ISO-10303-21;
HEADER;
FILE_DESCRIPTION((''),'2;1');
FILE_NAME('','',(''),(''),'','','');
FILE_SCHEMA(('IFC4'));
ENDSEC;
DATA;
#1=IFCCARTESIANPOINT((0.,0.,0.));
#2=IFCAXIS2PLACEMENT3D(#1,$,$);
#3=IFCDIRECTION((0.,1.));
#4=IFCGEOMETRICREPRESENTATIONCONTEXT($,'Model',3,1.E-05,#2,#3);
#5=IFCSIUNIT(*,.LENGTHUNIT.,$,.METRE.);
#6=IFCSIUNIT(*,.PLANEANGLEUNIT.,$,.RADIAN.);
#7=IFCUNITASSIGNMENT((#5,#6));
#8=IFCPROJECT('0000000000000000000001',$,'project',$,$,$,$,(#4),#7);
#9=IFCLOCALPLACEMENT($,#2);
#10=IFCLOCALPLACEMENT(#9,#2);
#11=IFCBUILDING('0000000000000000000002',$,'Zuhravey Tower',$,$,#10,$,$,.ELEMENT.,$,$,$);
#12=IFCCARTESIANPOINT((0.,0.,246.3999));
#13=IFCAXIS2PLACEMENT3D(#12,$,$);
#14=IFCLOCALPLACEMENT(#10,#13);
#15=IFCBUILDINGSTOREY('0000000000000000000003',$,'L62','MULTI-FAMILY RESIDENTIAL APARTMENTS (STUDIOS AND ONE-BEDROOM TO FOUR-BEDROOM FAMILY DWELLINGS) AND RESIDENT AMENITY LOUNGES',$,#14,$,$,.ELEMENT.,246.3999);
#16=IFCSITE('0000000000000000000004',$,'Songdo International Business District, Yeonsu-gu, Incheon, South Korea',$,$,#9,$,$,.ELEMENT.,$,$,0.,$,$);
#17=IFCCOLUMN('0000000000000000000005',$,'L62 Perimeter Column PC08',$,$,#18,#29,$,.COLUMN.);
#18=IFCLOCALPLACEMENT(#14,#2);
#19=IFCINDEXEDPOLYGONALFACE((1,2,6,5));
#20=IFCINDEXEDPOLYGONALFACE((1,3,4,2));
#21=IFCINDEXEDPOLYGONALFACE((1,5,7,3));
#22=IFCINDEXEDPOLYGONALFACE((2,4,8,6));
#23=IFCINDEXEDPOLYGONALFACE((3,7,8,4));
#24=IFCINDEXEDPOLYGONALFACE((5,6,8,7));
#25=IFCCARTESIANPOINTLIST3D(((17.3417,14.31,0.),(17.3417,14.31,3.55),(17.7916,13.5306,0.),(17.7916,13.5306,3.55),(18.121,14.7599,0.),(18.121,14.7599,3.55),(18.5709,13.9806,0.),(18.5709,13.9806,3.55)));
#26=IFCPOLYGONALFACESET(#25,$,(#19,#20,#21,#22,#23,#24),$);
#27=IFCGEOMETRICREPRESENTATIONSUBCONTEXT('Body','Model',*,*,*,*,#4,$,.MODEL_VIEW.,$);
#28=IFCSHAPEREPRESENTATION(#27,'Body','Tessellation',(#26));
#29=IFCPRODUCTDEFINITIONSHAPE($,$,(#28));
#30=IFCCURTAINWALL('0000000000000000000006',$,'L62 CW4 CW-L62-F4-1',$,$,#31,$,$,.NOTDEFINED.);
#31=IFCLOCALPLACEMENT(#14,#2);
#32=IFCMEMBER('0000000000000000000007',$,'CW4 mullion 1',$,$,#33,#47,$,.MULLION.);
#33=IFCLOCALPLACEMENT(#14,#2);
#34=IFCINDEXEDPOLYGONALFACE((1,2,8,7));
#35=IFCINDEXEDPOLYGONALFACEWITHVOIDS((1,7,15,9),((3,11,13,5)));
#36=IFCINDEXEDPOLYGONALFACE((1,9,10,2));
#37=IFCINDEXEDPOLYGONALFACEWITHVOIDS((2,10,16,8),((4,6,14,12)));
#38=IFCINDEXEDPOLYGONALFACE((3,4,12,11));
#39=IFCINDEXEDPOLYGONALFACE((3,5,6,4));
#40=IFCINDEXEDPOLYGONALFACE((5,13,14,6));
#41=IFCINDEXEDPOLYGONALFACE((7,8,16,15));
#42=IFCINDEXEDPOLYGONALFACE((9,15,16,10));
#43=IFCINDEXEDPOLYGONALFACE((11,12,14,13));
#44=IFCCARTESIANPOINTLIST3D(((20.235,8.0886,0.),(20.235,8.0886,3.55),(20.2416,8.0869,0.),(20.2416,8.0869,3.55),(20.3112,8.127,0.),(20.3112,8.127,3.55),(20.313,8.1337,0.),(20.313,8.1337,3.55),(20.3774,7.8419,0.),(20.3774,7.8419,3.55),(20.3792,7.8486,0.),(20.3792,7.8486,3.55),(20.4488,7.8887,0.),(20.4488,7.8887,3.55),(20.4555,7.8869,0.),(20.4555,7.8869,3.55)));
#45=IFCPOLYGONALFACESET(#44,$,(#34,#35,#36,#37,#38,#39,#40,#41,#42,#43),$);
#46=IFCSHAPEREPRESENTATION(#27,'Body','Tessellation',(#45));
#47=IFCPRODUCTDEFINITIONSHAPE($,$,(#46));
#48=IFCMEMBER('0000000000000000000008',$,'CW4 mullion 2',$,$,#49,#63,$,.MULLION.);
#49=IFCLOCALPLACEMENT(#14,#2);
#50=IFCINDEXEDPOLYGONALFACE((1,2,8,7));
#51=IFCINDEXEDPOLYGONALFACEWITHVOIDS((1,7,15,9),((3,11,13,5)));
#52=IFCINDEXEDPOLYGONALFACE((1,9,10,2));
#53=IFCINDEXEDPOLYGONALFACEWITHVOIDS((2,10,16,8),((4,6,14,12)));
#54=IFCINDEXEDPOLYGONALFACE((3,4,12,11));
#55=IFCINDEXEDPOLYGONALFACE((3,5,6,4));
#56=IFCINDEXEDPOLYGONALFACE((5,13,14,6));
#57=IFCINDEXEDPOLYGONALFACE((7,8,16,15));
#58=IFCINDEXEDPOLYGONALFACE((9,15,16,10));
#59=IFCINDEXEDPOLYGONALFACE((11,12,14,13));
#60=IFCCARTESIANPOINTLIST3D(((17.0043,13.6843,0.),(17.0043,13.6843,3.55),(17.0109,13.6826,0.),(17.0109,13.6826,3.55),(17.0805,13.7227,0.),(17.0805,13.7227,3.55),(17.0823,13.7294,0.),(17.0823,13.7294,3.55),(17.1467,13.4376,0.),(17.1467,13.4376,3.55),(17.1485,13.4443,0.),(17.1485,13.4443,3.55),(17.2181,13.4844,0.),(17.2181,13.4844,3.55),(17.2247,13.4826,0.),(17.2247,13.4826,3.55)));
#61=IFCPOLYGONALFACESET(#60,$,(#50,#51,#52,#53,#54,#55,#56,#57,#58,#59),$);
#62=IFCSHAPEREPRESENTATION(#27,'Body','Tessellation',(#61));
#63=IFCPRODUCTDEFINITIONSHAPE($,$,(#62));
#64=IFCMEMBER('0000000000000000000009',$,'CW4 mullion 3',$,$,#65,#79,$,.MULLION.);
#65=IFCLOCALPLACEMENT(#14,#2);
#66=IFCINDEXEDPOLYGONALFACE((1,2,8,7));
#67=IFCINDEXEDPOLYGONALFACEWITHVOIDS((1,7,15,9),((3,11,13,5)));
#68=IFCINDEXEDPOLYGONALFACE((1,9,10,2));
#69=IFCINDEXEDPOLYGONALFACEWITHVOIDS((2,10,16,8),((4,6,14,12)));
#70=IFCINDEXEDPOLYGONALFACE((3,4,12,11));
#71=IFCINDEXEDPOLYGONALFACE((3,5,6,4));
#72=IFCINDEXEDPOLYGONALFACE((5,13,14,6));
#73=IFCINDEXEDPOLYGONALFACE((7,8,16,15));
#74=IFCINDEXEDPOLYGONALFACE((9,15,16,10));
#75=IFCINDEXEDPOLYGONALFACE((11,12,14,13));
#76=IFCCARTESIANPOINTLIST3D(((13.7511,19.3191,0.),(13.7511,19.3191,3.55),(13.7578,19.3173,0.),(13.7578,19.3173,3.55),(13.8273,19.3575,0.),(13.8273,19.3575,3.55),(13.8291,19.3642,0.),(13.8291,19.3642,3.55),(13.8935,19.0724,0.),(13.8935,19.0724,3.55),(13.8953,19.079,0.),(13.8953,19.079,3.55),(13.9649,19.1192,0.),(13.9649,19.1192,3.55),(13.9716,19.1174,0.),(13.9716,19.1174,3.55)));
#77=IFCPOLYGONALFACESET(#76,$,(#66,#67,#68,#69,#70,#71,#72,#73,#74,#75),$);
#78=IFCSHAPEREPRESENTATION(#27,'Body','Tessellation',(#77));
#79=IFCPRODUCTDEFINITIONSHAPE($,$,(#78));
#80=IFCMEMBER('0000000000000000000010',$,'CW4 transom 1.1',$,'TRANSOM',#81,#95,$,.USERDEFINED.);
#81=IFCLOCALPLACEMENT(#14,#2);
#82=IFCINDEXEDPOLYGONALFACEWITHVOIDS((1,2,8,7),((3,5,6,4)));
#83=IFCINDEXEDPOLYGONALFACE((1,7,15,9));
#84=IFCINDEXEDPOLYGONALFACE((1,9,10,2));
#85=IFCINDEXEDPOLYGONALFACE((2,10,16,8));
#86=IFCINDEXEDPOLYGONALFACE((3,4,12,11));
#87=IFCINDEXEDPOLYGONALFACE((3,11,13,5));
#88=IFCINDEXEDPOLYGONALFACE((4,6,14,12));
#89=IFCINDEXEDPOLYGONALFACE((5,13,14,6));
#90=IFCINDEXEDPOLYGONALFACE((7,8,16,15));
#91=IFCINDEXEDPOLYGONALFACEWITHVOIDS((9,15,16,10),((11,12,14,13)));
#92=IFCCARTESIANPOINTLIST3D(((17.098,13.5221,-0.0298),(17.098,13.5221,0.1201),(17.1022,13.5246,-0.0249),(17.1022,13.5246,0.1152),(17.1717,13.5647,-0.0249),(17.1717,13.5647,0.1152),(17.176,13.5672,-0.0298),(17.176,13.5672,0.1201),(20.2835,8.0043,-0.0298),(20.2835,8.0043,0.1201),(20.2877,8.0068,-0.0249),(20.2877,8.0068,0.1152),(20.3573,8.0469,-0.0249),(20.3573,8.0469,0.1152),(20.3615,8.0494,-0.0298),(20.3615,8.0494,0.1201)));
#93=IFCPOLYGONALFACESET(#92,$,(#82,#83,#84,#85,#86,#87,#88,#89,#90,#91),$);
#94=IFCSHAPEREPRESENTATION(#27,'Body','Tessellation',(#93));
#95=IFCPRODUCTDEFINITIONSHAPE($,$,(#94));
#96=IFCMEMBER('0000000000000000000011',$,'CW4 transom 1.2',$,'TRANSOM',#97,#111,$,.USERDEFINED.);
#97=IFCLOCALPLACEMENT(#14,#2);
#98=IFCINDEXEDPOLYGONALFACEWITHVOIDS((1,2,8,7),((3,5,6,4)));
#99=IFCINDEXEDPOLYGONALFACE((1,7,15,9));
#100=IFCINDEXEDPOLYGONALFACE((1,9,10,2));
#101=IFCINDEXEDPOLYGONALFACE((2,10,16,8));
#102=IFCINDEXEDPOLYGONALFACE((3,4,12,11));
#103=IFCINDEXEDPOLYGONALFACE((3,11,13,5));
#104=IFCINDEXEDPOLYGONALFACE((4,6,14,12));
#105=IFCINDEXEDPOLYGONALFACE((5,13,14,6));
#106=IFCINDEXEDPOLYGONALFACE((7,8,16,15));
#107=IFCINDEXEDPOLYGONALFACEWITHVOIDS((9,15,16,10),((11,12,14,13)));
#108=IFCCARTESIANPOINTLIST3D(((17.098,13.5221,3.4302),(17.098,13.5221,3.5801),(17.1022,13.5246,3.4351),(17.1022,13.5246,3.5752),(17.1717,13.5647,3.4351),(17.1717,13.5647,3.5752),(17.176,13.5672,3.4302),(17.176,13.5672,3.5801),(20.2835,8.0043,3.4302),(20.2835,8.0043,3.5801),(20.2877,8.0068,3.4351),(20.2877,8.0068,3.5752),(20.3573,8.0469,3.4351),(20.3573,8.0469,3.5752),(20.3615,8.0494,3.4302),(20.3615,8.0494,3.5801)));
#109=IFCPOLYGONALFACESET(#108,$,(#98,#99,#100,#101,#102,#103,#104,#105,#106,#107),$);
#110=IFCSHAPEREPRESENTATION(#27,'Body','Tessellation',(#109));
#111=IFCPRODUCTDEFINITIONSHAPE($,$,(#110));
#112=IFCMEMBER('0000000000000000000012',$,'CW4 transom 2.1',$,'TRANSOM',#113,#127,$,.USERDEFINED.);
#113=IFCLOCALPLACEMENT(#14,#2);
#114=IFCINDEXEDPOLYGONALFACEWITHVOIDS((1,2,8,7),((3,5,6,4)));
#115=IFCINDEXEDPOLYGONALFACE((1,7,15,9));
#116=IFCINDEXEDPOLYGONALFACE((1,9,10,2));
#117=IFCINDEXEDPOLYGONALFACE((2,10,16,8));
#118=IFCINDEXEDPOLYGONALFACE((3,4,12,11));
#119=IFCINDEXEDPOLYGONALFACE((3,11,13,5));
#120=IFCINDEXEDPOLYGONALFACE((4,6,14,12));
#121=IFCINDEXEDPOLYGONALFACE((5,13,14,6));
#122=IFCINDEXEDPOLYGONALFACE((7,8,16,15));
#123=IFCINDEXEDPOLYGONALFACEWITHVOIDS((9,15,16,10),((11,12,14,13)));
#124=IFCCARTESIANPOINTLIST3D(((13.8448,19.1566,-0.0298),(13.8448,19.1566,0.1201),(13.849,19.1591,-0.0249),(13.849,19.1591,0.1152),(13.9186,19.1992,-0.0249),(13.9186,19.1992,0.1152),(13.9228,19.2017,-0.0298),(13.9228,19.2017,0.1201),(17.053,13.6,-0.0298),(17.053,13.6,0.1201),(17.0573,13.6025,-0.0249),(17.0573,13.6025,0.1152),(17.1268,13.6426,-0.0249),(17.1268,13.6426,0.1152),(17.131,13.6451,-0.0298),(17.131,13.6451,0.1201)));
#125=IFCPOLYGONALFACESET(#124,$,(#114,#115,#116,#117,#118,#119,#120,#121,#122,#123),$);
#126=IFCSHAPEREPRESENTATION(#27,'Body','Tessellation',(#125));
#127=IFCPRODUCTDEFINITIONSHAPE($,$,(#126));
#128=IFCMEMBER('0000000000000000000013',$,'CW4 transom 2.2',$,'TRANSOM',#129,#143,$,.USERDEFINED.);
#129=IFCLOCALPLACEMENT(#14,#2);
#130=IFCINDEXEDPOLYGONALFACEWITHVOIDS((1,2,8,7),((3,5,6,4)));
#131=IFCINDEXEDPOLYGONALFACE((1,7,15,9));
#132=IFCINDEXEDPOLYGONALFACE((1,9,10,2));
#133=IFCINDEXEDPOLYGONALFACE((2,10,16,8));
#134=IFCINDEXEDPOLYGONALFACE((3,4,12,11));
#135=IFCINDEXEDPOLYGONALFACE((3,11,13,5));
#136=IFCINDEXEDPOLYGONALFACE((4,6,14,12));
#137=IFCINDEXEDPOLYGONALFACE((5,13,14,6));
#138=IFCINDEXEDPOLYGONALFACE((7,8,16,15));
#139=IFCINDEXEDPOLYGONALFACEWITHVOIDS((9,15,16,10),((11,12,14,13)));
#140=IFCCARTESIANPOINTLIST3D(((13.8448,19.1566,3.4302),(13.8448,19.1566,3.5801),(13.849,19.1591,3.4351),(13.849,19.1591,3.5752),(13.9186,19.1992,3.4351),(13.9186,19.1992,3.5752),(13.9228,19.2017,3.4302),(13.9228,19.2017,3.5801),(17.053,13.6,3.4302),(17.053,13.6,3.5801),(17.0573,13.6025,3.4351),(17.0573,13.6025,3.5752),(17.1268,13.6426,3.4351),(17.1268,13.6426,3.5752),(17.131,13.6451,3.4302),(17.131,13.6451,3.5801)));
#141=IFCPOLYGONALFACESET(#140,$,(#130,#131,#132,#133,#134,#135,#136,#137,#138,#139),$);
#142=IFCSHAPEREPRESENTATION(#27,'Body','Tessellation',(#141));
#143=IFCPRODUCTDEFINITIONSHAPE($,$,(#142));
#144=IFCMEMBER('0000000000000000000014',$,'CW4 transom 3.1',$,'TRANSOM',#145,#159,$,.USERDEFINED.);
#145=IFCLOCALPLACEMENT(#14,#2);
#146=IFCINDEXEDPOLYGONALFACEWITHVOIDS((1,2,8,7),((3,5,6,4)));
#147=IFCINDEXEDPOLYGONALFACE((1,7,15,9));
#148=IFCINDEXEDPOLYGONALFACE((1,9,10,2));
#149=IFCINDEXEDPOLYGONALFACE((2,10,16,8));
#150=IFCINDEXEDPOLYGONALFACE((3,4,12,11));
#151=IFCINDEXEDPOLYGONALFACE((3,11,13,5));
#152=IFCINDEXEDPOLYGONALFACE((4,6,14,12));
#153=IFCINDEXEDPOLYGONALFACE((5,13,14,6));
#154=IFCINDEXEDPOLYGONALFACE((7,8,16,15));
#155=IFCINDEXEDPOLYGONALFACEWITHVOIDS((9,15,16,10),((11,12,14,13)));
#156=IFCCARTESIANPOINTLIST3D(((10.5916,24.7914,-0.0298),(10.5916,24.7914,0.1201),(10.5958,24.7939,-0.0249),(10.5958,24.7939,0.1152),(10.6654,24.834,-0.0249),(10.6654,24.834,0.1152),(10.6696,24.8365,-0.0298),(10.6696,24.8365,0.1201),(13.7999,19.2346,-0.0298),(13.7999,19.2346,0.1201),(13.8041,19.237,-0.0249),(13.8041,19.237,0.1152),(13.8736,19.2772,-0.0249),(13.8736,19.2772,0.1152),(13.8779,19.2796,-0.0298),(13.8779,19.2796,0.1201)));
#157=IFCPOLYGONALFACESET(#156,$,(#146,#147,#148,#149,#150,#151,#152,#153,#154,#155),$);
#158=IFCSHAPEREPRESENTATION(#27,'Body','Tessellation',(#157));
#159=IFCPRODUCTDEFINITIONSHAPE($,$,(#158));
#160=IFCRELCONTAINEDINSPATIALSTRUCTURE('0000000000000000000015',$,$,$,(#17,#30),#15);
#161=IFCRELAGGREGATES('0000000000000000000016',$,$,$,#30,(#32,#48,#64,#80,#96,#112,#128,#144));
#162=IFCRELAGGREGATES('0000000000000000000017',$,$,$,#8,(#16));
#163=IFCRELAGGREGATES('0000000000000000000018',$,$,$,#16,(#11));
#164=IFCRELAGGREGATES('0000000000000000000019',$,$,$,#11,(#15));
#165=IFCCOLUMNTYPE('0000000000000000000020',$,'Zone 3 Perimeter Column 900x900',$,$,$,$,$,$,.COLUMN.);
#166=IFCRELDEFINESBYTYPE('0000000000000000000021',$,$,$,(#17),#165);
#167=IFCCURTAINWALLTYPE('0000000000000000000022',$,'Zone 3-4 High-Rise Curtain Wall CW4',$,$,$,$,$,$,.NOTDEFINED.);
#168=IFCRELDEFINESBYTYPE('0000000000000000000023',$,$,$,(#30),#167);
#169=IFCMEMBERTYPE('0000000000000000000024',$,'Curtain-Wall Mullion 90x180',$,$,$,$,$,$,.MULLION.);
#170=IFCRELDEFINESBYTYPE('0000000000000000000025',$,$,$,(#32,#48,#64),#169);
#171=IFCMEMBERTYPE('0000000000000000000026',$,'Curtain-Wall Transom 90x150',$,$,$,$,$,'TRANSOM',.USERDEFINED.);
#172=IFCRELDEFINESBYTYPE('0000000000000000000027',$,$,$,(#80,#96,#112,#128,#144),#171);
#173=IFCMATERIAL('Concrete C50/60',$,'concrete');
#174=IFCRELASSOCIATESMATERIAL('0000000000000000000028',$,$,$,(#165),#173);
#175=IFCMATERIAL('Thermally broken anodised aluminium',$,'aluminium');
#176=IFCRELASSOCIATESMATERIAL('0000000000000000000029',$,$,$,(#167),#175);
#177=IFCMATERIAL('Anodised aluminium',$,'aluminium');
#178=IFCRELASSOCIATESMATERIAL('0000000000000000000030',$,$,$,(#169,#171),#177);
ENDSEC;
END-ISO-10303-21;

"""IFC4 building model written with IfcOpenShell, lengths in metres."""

from ifc_helpers import new_model, si_unit, direction, frame, origin, origin_2d, place, context, subcontext, project, spatial, rectangle, hollow_rectangle, extrude, material, material_profile, profile_set, type_object, element, aggregate, save


model = new_model("IFC4")

# Units and contexts
model_context = context("Model", 3, precision=1e-05, world=origin(), true_north=direction((0.0, 1.0)))
body_context = subcontext(model_context, "Body", "Model", "MODEL_VIEW")
ifc_project = project(units=[si_unit("LENGTHUNIT", "METRE"), si_unit("PLANEANGLEUNIT", "RADIAN")], contexts=[model_context])

# Site, building, storey
site_placement = place(None, origin())
site = spatial("IfcSite", under=ifc_project, at=site_placement, Name="Songdo International Business District, Yeonsu-gu, Incheon, South Korea", CompositionType="ELEMENT", RefElevation=0.0)
building_placement = place(site_placement, origin())
building = spatial("IfcBuilding", under=site, at=building_placement, Name="Zuhravey Tower", CompositionType="ELEMENT")
storey_placement = place(building_placement, frame((0.0, 0.0, 246.3999)))
storey = spatial("IfcBuildingStorey", under=building, at=storey_placement, Name="L62", Description="MULTI-FAMILY RESIDENTIAL APARTMENTS (STUDIOS AND ONE-BEDROOM TO FOUR-BEDROOM FAMILY DWELLINGS) AND RESIDENT AMENITY LOUNGES", CompositionType="ELEMENT", Elevation=246.3999)

# Column
ifc_material_1 = material(Name="Concrete C50/60", Category="concrete")
ifc_material_profile_1 = material_profile(ifc_material_1, rectangle(XDim=0.8999, YDim=0.8999, at=origin_2d()), Name="RC-900x900")
ifc_profile_set_1 = profile_set([ifc_material_profile_1], Name="Concrete C50/60")
column_type = type_object("IfcColumnType", Name="Zone 3 Perimeter Column 900x900", PredefinedType="COLUMN", material=ifc_profile_set_1)
column_placement = place(storey_placement, frame((17.9563, 14.1453, 0.0), z_axis=(0.0, 0.0, 1.0), x_axis=(0.5, -0.866025, 0.0)))
element("IfcColumn", 1, at=column_placement, inside=storey, type_object=column_type, Name="L62 Perimeter Column PC08", PredefinedType="COLUMN", context=body_context, shape_type="SweptSolid", body=[
    extrude(rectangle(XDim=0.8999, YDim=0.8999, at=origin_2d()), origin(), (0.0, 0.0, 1.0), 3.55),
])

# Curtain wall, members
ifc_material_2 = material(Name="Thermally broken anodised aluminium", Category="aluminium")
curtain_wall_type = type_object("IfcCurtainWallType", Name="Zone 3-4 High-Rise Curtain Wall CW4", PredefinedType="NOTDEFINED", material=ifc_material_2)
curtain_wall_placement = place(storey_placement, origin())
curtain_wall = element("IfcCurtainWall", 2, at=curtain_wall_placement, inside=storey, type_object=curtain_wall_type, Name="L62 CW4 CW-L62-F4-1", PredefinedType="NOTDEFINED")
ifc_material_3 = material(Name="Anodised aluminium", Category="aluminium")
ifc_material_profile_2 = material_profile(ifc_material_3, hollow_rectangle(XDim=0.0901, YDim=0.2849, WallThickness=0.0049, at=origin_2d()), Name="ALU-RHS-90x285x5")
ifc_profile_set_2 = profile_set([ifc_material_profile_2], Name="Anodised aluminium")
member_type_1 = type_object("IfcMemberType", Name="Curtain-Wall Mullion 90x180", PredefinedType="MULLION", material=ifc_profile_set_2)
member_1_placement = place(storey_placement, frame((20.3452, 7.9878, 0.0), z_axis=(0.0, 0.0, 1.0), x_axis=(-0.866025, -0.500001, 0.0)))
member_1 = element("IfcMember", 3, at=member_1_placement, type_object=member_type_1, Name="CW4 mullion 1", PredefinedType="MULLION", context=body_context, shape_type="SweptSolid", body=[
    extrude(hollow_rectangle(XDim=0.0901, YDim=0.2849, WallThickness=0.0049, at=origin_2d()), origin(), (0.0, 0.0, 1.0), 3.55),
])
member_2_placement = place(storey_placement, frame((17.1145, 13.5835, 0.0), z_axis=(0.0, 0.0, 1.0), x_axis=(-0.866025, -0.500001, 0.0)))
member_2 = element("IfcMember", 4, at=member_2_placement, type_object=member_type_1, Name="CW4 mullion 2", PredefinedType="MULLION", context=body_context, shape_type="SweptSolid", body=[
    extrude(hollow_rectangle(XDim=0.0901, YDim=0.2849, WallThickness=0.0049, at=origin_2d()), origin(), (0.0, 0.0, 1.0), 3.55),
])
member_3_placement = place(storey_placement, frame((13.8613, 19.2183, 0.0), z_axis=(0.0, 0.0, 1.0), x_axis=(-0.866025, -0.500001, 0.0)))
member_3 = element("IfcMember", 5, at=member_3_placement, type_object=member_type_1, Name="CW4 mullion 3", PredefinedType="MULLION", context=body_context, shape_type="SweptSolid", body=[
    extrude(hollow_rectangle(XDim=0.0901, YDim=0.2849, WallThickness=0.0049, at=origin_2d()), origin(), (0.0, 0.0, 1.0), 3.55),
])
ifc_material_profile_3 = material_profile(ifc_material_3, hollow_rectangle(XDim=0.0901, YDim=0.1499, WallThickness=0.0049, at=origin_2d()), Name="ALU-RHS-90x150x5")
ifc_profile_set_3 = profile_set([ifc_material_profile_3], Name="Anodised aluminium")
member_type_2 = type_object("IfcMemberType", Name="Curtain-Wall Transom 90x150", ElementType="TRANSOM", PredefinedType="USERDEFINED", material=ifc_profile_set_3)
member_4_placement = place(storey_placement, frame((20.3225, 8.0269, 0.0452), z_axis=(-0.49998, 0.866037, 0.0), x_axis=(-0.866037, -0.49998, 0.0)))
member_4 = element("IfcMember", 6, at=member_4_placement, type_object=member_type_2, Name="CW4 transom 1.1", ObjectType="TRANSOM", PredefinedType="USERDEFINED", context=body_context, shape_type="SweptSolid", body=[
    extrude(hollow_rectangle(XDim=0.0901, YDim=0.1499, WallThickness=0.0049, at=origin_2d()), origin(), (0.0, 0.0, 1.0), 6.3713),
])
member_5_placement = place(storey_placement, frame((20.3225, 8.0269, 3.5051), z_axis=(-0.49998, 0.866037, 0.0), x_axis=(-0.866037, -0.49998, 0.0)))
member_5 = element("IfcMember", 7, at=member_5_placement, type_object=member_type_2, Name="CW4 transom 1.2", ObjectType="TRANSOM", PredefinedType="USERDEFINED", context=body_context, shape_type="SweptSolid", body=[
    extrude(hollow_rectangle(XDim=0.0901, YDim=0.1499, WallThickness=0.0049, at=origin_2d()), origin(), (0.0, 0.0, 1.0), 6.3713),
])
member_6_placement = place(storey_placement, frame((17.092, 13.6226, 0.0452), z_axis=(-0.500014, 0.866017, 0.0), x_axis=(-0.866017, -0.500014, 0.0)))
member_6 = element("IfcMember", 8, at=member_6_placement, type_object=member_type_2, Name="CW4 transom 2.1", ObjectType="TRANSOM", PredefinedType="USERDEFINED", context=body_context, shape_type="SweptSolid", body=[
    extrude(hollow_rectangle(XDim=0.0901, YDim=0.1499, WallThickness=0.0049, at=origin_2d()), origin(), (0.0, 0.0, 1.0), 6.4163),
])
member_7_placement = place(storey_placement, frame((17.092, 13.6226, 3.5051), z_axis=(-0.500014, 0.866017, 0.0), x_axis=(-0.866017, -0.500014, 0.0)))
member_7 = element("IfcMember", 9, at=member_7_placement, type_object=member_type_2, Name="CW4 transom 2.2", ObjectType="TRANSOM", PredefinedType="USERDEFINED", context=body_context, shape_type="SweptSolid", body=[
    extrude(hollow_rectangle(XDim=0.0901, YDim=0.1499, WallThickness=0.0049, at=origin_2d()), origin(), (0.0, 0.0, 1.0), 6.4163),
])
member_8_placement = place(storey_placement, frame((13.8389, 19.2571, 0.0452), z_axis=(-0.499998, 0.866027, 0.0), x_axis=(-0.866027, -0.499998, 0.0)))
member_8 = element("IfcMember", 10, at=member_8_placement, type_object=member_type_2, Name="CW4 transom 3.1", ObjectType="TRANSOM", PredefinedType="USERDEFINED", context=body_context, shape_type="SweptSolid", body=[
    extrude(hollow_rectangle(XDim=0.0901, YDim=0.1499, WallThickness=0.0049, at=origin_2d()), origin(), (0.0, 0.0, 1.0), 6.4165),
])

aggregate(curtain_wall, [member_1, member_2, member_3, member_4, member_5, member_6, member_7, member_8])

save(model, "model.ifc")
